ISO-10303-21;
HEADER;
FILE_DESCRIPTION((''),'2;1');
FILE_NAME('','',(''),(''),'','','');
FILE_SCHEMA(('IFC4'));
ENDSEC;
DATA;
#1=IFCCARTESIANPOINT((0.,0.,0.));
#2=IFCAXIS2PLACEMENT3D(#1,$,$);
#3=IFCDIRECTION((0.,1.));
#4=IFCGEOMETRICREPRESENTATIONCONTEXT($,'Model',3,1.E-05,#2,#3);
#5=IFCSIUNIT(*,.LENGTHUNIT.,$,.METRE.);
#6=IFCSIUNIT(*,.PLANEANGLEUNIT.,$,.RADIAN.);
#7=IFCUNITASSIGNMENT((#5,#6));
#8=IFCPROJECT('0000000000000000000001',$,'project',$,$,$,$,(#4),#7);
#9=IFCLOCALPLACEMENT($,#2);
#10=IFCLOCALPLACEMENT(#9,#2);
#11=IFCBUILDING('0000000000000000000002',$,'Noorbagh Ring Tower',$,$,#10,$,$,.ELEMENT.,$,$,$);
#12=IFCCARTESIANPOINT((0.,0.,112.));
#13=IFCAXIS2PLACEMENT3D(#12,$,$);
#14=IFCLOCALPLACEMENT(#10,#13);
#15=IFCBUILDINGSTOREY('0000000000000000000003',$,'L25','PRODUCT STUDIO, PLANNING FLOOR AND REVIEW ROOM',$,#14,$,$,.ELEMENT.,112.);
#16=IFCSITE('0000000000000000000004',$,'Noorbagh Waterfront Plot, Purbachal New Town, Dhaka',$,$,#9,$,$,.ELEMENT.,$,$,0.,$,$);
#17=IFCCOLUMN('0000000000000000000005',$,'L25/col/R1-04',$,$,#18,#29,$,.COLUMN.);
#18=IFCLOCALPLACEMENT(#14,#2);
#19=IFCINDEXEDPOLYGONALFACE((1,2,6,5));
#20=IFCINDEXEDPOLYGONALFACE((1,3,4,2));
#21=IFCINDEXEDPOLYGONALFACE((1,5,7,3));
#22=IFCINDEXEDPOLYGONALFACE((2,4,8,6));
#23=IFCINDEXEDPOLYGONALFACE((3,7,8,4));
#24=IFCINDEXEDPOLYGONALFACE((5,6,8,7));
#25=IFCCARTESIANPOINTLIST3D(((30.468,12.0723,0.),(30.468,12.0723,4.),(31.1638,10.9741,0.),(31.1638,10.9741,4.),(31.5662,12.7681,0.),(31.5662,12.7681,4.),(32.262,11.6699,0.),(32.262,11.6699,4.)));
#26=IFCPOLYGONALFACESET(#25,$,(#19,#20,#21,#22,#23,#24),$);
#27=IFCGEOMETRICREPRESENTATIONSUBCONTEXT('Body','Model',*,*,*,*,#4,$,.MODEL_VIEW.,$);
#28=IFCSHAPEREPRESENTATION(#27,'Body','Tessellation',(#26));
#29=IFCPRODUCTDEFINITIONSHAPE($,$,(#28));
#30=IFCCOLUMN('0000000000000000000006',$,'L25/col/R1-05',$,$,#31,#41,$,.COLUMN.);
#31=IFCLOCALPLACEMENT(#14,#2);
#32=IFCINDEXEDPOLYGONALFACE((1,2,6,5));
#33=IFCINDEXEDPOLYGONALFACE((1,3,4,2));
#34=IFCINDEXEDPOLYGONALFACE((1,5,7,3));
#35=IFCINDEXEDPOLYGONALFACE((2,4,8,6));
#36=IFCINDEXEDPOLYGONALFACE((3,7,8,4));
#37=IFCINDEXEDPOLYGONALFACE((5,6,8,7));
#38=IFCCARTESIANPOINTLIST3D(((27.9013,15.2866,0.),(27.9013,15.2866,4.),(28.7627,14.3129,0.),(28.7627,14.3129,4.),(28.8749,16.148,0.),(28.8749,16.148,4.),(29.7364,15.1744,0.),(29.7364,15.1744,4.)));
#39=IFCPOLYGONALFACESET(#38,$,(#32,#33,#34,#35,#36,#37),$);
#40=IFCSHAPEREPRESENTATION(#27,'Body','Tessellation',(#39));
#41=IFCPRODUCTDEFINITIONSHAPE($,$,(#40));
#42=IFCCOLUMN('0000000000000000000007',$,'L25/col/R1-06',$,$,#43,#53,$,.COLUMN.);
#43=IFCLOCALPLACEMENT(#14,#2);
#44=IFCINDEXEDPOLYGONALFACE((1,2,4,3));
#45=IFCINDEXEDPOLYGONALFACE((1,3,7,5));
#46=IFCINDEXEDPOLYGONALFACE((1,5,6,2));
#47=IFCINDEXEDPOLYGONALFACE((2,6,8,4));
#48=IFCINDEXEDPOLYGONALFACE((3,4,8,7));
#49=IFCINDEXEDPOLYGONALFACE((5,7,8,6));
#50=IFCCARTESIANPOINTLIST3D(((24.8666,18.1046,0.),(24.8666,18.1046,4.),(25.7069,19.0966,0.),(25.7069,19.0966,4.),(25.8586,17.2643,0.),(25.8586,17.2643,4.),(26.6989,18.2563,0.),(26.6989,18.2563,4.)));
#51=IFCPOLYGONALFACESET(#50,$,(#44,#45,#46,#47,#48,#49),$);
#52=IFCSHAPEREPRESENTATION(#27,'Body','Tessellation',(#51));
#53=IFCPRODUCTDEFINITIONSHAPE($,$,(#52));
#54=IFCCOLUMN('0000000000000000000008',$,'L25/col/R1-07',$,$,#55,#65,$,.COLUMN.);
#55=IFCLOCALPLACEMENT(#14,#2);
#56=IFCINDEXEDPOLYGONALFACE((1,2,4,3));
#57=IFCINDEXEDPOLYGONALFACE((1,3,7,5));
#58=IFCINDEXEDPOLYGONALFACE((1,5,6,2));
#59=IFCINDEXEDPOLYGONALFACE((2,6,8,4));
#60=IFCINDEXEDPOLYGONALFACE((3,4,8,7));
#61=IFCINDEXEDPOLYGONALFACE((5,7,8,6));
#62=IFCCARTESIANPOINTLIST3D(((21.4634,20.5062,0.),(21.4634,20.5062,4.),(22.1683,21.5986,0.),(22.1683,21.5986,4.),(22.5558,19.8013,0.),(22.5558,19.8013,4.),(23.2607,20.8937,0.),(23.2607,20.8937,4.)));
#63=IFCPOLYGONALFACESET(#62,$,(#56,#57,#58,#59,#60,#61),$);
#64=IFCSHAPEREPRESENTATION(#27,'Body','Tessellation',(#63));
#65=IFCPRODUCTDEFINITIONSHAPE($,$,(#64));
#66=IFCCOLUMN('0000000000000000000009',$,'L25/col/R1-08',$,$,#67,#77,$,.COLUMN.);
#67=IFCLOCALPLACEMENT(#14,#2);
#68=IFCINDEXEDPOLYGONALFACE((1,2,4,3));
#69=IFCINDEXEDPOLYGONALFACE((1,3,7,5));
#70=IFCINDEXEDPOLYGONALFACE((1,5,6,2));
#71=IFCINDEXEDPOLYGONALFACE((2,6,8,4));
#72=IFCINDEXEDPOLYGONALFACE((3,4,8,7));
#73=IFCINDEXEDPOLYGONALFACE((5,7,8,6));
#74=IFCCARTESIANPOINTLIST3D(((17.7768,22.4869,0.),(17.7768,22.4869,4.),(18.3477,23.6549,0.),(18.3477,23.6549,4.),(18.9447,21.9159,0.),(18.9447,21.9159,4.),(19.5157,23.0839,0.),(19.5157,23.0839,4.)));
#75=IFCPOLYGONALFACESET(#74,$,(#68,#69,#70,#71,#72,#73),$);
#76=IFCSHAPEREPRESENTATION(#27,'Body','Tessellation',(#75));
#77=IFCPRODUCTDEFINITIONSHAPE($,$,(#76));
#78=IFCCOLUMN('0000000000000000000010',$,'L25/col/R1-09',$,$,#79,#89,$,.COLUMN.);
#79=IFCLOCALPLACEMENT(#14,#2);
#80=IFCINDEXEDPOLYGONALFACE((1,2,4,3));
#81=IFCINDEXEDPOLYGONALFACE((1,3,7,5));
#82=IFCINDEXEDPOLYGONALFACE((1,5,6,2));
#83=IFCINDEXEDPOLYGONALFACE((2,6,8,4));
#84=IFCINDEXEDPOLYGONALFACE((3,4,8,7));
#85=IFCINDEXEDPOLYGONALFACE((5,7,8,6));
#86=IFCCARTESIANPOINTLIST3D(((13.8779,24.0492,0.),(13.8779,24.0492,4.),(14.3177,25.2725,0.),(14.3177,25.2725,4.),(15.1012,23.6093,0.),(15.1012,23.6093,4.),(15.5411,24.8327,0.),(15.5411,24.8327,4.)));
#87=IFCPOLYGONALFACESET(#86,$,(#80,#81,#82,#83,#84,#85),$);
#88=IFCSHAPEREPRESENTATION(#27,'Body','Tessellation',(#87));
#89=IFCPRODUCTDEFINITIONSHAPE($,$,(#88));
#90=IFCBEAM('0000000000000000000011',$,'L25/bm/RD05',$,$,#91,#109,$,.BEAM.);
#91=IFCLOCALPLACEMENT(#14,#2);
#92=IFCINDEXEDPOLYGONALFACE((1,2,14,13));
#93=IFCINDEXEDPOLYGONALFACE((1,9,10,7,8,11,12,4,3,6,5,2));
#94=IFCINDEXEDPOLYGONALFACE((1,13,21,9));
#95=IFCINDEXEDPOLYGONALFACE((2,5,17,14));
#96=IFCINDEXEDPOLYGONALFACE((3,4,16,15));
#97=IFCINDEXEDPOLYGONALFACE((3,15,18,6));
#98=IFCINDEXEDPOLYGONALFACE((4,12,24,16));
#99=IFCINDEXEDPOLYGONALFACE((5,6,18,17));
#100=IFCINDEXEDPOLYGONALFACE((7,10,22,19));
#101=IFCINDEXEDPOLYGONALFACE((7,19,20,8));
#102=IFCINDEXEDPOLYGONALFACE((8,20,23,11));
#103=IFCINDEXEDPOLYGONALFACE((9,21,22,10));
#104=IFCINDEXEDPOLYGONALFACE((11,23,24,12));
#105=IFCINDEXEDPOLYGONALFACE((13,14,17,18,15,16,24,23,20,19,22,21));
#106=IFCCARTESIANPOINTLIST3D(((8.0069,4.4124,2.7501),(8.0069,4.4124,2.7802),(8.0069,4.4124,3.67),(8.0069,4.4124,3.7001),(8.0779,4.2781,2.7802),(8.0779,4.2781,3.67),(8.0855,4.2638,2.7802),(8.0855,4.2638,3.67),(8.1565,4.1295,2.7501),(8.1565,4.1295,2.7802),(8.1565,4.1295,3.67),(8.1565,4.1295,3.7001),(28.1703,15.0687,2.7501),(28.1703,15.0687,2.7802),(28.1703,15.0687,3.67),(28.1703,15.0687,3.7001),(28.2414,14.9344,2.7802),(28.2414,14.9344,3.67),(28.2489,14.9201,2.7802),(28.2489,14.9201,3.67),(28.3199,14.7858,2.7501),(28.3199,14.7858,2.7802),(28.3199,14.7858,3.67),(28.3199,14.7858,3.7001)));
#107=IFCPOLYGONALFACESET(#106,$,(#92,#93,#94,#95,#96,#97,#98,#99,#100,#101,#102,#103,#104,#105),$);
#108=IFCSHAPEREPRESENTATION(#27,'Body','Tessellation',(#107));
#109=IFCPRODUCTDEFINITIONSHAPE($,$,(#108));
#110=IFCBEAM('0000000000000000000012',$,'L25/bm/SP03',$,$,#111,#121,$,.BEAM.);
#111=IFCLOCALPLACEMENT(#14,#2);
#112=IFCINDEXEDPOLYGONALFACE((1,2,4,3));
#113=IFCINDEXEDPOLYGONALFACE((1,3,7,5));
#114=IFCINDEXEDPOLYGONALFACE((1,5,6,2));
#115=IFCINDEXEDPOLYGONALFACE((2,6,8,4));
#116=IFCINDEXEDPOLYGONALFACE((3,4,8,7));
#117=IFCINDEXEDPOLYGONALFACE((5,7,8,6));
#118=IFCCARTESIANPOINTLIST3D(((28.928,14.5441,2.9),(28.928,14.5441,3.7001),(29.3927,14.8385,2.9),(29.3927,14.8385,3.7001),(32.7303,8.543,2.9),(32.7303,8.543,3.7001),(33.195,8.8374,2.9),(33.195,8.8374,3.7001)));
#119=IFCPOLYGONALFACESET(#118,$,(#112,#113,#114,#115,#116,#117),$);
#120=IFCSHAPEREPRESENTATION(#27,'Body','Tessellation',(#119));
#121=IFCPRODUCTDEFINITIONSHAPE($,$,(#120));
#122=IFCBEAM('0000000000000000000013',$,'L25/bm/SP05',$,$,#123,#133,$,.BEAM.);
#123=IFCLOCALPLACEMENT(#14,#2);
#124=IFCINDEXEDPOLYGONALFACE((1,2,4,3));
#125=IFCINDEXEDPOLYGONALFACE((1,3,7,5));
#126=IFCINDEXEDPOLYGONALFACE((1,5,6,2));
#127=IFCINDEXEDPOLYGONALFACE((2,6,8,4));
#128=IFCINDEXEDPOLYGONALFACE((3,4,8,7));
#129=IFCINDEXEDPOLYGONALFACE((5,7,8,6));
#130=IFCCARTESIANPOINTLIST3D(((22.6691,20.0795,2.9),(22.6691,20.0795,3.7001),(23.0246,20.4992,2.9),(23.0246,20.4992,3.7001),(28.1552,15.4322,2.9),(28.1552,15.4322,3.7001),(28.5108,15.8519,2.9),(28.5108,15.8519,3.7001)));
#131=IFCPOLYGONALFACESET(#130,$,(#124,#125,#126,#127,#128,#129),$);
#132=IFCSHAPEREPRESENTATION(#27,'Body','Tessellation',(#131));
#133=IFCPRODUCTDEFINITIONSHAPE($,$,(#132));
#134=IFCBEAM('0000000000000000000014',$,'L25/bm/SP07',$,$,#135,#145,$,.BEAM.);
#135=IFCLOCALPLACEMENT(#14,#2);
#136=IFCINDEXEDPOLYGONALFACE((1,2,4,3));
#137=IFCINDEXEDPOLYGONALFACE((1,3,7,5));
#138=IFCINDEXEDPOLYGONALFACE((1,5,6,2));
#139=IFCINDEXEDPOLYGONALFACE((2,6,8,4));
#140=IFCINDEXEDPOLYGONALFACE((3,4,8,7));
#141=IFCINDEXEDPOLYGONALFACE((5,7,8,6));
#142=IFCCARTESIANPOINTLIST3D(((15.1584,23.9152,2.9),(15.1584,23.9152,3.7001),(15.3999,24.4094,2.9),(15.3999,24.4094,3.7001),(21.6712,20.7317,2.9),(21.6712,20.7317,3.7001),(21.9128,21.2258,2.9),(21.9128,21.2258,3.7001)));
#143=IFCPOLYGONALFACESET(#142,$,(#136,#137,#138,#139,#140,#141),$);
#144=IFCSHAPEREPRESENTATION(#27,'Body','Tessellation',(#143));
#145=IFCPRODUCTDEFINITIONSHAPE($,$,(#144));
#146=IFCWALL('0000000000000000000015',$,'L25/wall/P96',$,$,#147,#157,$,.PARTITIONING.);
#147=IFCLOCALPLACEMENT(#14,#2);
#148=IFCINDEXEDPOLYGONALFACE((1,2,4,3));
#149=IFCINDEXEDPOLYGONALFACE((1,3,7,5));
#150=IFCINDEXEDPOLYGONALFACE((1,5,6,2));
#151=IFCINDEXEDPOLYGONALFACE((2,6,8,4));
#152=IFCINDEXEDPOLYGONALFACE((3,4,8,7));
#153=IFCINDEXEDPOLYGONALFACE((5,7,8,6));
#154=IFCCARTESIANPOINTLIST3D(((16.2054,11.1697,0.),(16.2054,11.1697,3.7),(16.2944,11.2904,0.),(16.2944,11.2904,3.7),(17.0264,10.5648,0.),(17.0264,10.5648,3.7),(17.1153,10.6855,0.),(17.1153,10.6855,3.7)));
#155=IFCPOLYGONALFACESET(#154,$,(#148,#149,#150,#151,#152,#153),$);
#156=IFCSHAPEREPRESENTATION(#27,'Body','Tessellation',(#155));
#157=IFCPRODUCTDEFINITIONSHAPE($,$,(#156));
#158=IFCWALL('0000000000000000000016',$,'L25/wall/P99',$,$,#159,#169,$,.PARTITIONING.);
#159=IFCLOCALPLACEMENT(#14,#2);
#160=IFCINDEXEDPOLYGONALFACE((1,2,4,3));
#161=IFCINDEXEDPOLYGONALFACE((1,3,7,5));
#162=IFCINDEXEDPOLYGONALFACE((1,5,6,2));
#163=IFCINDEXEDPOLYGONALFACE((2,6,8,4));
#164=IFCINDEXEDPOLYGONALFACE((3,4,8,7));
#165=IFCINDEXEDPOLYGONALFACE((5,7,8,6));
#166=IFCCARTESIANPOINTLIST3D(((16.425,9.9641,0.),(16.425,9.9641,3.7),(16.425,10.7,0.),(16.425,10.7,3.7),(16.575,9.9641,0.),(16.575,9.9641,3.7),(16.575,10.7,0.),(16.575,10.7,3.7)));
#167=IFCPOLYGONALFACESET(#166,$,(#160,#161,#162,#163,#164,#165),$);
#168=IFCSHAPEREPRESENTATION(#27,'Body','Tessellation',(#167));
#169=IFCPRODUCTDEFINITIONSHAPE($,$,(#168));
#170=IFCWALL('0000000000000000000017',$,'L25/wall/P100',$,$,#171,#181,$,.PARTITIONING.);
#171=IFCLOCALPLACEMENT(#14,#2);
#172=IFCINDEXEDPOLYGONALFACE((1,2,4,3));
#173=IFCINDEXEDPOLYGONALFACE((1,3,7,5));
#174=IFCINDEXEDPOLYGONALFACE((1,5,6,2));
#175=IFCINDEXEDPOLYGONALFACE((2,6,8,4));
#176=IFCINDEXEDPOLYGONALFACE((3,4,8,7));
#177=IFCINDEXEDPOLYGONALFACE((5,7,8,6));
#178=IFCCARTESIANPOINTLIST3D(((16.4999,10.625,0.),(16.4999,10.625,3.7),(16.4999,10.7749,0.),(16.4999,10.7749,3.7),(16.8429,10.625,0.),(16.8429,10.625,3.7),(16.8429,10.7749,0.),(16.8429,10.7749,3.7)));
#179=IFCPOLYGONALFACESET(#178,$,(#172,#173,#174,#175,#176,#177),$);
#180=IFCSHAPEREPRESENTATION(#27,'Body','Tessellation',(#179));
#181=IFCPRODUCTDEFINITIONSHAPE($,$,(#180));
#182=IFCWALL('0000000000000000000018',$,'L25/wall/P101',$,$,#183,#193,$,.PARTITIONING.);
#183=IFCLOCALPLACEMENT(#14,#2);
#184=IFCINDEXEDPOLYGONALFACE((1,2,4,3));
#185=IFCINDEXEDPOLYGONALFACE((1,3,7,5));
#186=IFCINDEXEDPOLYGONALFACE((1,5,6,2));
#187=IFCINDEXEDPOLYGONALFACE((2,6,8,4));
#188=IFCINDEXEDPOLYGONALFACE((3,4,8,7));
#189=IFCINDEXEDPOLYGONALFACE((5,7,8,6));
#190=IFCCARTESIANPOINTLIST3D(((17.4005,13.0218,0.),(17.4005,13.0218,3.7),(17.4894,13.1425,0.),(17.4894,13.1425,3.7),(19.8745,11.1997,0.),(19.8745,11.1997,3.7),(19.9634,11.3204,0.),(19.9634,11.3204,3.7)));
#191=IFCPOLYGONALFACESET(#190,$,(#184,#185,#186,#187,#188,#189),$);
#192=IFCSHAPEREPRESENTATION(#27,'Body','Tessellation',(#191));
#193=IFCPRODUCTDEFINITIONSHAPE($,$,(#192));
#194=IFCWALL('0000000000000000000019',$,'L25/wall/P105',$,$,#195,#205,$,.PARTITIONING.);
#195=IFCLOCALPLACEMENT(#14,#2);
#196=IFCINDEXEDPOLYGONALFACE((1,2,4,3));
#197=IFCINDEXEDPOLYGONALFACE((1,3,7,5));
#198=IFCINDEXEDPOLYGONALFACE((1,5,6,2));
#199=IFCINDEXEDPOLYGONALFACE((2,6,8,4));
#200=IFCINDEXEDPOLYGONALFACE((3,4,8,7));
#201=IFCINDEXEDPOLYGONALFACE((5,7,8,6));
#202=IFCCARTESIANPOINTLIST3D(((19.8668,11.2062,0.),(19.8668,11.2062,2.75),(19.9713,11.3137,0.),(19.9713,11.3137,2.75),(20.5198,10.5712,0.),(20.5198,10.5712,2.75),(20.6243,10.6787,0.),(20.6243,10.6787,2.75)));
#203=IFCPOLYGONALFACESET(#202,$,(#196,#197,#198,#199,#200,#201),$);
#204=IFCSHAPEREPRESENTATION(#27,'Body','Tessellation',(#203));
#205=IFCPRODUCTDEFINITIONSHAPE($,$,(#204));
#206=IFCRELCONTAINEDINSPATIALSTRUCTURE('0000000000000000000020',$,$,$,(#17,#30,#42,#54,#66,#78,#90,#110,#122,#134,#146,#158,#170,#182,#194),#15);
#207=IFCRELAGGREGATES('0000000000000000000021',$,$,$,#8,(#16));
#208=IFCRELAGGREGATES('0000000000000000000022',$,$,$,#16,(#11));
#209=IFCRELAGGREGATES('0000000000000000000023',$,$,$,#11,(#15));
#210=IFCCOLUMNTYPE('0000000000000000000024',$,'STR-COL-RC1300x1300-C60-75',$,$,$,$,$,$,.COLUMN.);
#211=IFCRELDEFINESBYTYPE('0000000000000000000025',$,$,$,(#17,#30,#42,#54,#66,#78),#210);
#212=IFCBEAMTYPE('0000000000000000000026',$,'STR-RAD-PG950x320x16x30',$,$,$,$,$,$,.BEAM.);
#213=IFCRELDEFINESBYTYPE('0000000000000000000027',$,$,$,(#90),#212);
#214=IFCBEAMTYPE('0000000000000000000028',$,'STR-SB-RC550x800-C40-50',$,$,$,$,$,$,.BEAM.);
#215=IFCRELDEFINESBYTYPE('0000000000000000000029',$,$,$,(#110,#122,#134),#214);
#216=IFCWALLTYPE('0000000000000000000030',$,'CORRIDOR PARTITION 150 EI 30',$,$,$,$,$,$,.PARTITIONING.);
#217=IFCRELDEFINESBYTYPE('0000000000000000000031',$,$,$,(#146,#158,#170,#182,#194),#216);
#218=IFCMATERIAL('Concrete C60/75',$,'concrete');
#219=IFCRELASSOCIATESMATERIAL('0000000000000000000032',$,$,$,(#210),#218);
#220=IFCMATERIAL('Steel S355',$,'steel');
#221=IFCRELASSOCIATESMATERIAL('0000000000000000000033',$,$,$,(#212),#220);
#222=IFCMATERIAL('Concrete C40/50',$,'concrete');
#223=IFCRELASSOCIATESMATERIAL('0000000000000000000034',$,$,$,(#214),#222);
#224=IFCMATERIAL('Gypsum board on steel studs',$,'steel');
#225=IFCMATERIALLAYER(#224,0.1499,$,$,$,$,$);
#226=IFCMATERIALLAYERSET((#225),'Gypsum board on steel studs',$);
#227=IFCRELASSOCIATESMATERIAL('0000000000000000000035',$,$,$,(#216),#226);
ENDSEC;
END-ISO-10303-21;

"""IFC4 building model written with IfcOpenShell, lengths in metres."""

from ifc_helpers import new_model, si_unit, direction, frame, frame_2d, origin, origin_2d, place, context, subcontext, project, spatial, rectangle, i_section, extrude, material, layer, layer_set, material_profile, profile_set, type_object, element, save


model = new_model("IFC4")

# Units and contexts
model_context = context("Model", 3, precision=1e-05, world=origin(), true_north=direction((0.0, 1.0)))
body_context = subcontext(model_context, "Body", "Model", "MODEL_VIEW")
ifc_project = project(units=[si_unit("LENGTHUNIT", "METRE"), si_unit("PLANEANGLEUNIT", "RADIAN")], contexts=[model_context])

# Site, building, storey
site_placement = place(None, origin())
site = spatial("IfcSite", under=ifc_project, at=site_placement, Name="Noorbagh Waterfront Plot, Purbachal New Town, Dhaka", CompositionType="ELEMENT", RefElevation=0.0)
building_placement = place(site_placement, origin())
building = spatial("IfcBuilding", under=site, at=building_placement, Name="Noorbagh Ring Tower", CompositionType="ELEMENT")
storey_placement = place(building_placement, frame((0.0, 0.0, 112.0)))
storey = spatial("IfcBuildingStorey", under=building, at=storey_placement, Name="L25", Description="PRODUCT STUDIO, PLANNING FLOOR AND REVIEW ROOM", CompositionType="ELEMENT", Elevation=112.0)

# Columns
ifc_material_1 = material(Name="Concrete C60/75", Category="concrete")
ifc_material_profile_1 = material_profile(ifc_material_1, rectangle(XDim=1.3, YDim=1.3, at=origin_2d()), Name="RC1300x1300")
ifc_profile_set_1 = profile_set([ifc_material_profile_1], Name="Concrete C60/75")
column_type = type_object("IfcColumnType", Name="STR-COL-RC1300x1300-C60-75", PredefinedType="COLUMN", material=ifc_profile_set_1)
for number, where, z_axis, x_axis, name in (
    (1, (31.365, 11.8711, 0.0), (0.0, 0.0, 1.0), (-0.53519, 0.844731, 0.0), "L25/col/R1-04"),
    (2, (28.8188, 15.2305, 0.0), (0.0, 0.0, 1.0), (-0.662636, 0.748942, 0.0), "L25/col/R1-05"),
    (3, (25.7827, 18.1804, 0.0), (0.0, 0.0, 1.0), (-0.763035, 0.646357, 0.0), "L25/col/R1-06"),
    (4, (22.3621, 20.7, 0.0), (0.0, 0.0, 1.0), (-0.840248, 0.542203, 0.0), "L25/col/R1-07"),
    (5, (18.6462, 22.7854, 0.0), (0.0, 0.0, 1.0), (-0.898399, 0.43918, 0.0), "L25/col/R1-08"),
    (6, (14.7095, 24.4409, 0.0), (0.0, 0.0, 1.0), (-0.941025, 0.338338, 0.0), "L25/col/R1-09"),
):
    element("IfcColumn", number, at=place(storey_placement, frame(where, z_axis=z_axis, x_axis=x_axis)), inside=storey, type_object=column_type, Name=name, PredefinedType="COLUMN", context=body_context, shape_type="SweptSolid", body=[
        extrude(rectangle(XDim=1.3, YDim=1.3, at=origin_2d()), origin(), (0.0, 0.0, 1.0), 4.0),
    ])

# Beams
ifc_material_2 = material(Name="Steel S355", Category="steel")
ifc_material_profile_2 = material_profile(ifc_material_2, i_section(OverallWidth=0.3201, OverallDepth=0.95, WebThickness=0.0161, FlangeThickness=0.03, at=origin_2d()), Name="PG950x320x16x30")
ifc_profile_set_2 = profile_set([ifc_material_profile_2], Name="Steel S355")
beam_type_1 = type_object("IfcBeamType", Name="STR-RAD-PG950x320x16x30", PredefinedType="BEAM", material=ifc_profile_set_2)
beam_1_placement = place(storey_placement, frame((28.2451, 14.9272, 3.2251), z_axis=(-0.884122, -0.467256, 0.0), x_axis=(0.467256, -0.884122, 0.0)))
element("IfcBeam", 7, at=beam_1_placement, inside=storey, type_object=beam_type_1, Name="L25/bm/RD05", PredefinedType="BEAM", context=body_context, shape_type="SweptSolid", body=[
    extrude(i_section(OverallWidth=0.3201, OverallDepth=0.95, WebThickness=0.0161, FlangeThickness=0.03, at=origin_2d()), origin(), (0.0, 0.0, 1.0), 22.8062),
])
ifc_material_3 = material(Name="Concrete C40/50", Category="concrete")
ifc_material_profile_3 = material_profile(ifc_material_3, rectangle(XDim=0.55, YDim=0.8, at=origin_2d()), Name="RC550x800")
ifc_profile_set_3 = profile_set([ifc_material_profile_3], Name="Concrete C40/50")
beam_type_2 = type_object("IfcBeamType", Name="STR-SB-RC550x800-C40-50", PredefinedType="BEAM", material=ifc_profile_set_3)
beam_2_placement = place(storey_placement, frame((32.9626, 8.6902, 3.3), z_axis=(-0.535216, 0.844715, 0.0), x_axis=(-0.844715, -0.535216, 0.0)))
element("IfcBeam", 8, at=beam_2_placement, inside=storey, type_object=beam_type_2, Name="L25/bm/SP03", PredefinedType="BEAM", context=body_context, shape_type="SweptSolid", body=[
    extrude(rectangle(XDim=0.55, YDim=0.8, at=origin_2d()), origin(), (0.0, 0.0, 1.0), 7.1042),
])
beam_3_placement = place(storey_placement, frame((28.333, 15.6421, 3.3), z_axis=(-0.763033, 0.646359, 0.0), x_axis=(-0.646359, -0.763033, 0.0)))
element("IfcBeam", 9, at=beam_3_placement, inside=storey, type_object=beam_type_2, Name="L25/bm/SP05", PredefinedType="BEAM", context=body_context, shape_type="SweptSolid", body=[
    extrude(rectangle(XDim=0.55, YDim=0.8, at=origin_2d()), origin(), (0.0, 0.0, 1.0), 7.1899),
])
beam_4_placement = place(storey_placement, frame((21.792, 20.9788, 3.3), z_axis=(-0.898412, 0.439153, 0.0), x_axis=(-0.439153, -0.898412, 0.0)))
element("IfcBeam", 10, at=beam_4_placement, inside=storey, type_object=beam_type_2, Name="L25/bm/SP07", PredefinedType="BEAM", context=body_context, shape_type="SweptSolid", body=[
    extrude(rectangle(XDim=0.55, YDim=0.8, at=origin_2d()), origin(), (0.0, 0.0, 1.0), 7.2493),
])

# Walls
ifc_material_4 = material(Name="Gypsum board on steel studs", Category="steel")
ifc_layer_1 = layer(ifc_material_4, 0.1499)
ifc_layer_set_1 = layer_set([ifc_layer_1], Name="Gypsum board on steel studs")
wall_type_1 = type_object("IfcWallType", Name="CORRIDOR PARTITION 150 EI 30", PredefinedType="PARTITIONING", material=ifc_layer_set_1)
wall_1_placement = place(storey_placement, frame((16.25, 11.23, 0.0), z_axis=(0.0, 0.0, 1.0), x_axis=(0.805056, -0.593199, 0.0)))
element("IfcWall", 11, at=wall_1_placement, inside=storey, type_object=wall_type_1, Name="L25/wall/P96", PredefinedType="PARTITIONING", context=body_context, shape_type="SweptSolid", body=[
    extrude(rectangle(XDim=1.0198, YDim=0.1499, at=frame_2d((0.5098, 0.0))), origin(), (0.0, 0.0, 1.0), 3.7),
])
wall_2_placement = place(storey_placement, frame((16.5, 9.9641, 0.0), z_axis=(0.0, 0.0, 1.0), x_axis=(0.0, 1.0, 0.0)))
element("IfcWall", 12, at=wall_2_placement, inside=storey, type_object=wall_type_1, Name="L25/wall/P99", PredefinedType="PARTITIONING", context=body_context, shape_type="SweptSolid", body=[
    extrude(rectangle(XDim=0.7358, YDim=0.1499, at=frame_2d((0.3679, 0.0))), origin(), (0.0, 0.0, 1.0), 3.7),
])
wall_3_placement = place(storey_placement, frame((16.5, 10.7, 0.0), z_axis=(0.0, 0.0, 1.0), x_axis=(1.0, 0.0, 0.0)))
element("IfcWall", 13, at=wall_3_placement, inside=storey, type_object=wall_type_1, Name="L25/wall/P100", PredefinedType="PARTITIONING", context=body_context, shape_type="SweptSolid", body=[
    extrude(rectangle(XDim=0.343, YDim=0.1499, at=frame_2d((0.1714, 0.0))), origin(), (0.0, 0.0, 1.0), 3.7),
])
wall_4_placement = place(storey_placement, frame((17.4451, 13.082, 0.0), z_axis=(0.0, 0.0, 1.0), x_axis=(0.805186, -0.593023, 0.0)))
element("IfcWall", 14, at=wall_4_placement, inside=storey, type_object=wall_type_1, Name="L25/wall/P101", PredefinedType="PARTITIONING", context=body_context, shape_type="SweptSolid", body=[
    extrude(rectangle(XDim=3.0725, YDim=0.1499, at=frame_2d((1.5361, 0.0))), origin(), (0.0, 0.0, 1.0), 3.7),
])
wall_5_placement = place(storey_placement, frame((19.9189, 11.26, 0.0), z_axis=(0.0, 0.0, 1.0), x_axis=(0.716954, -0.69712, 0.0)))
element("IfcWall", 15, at=wall_5_placement, inside=storey, type_object=wall_type_1, Name="L25/wall/P105", PredefinedType="PARTITIONING", context=body_context, shape_type="SweptSolid", body=[
    extrude(rectangle(XDim=0.9109, YDim=0.1499, at=frame_2d((0.4556, 0.0))), origin(), (0.0, 0.0, 1.0), 2.75),
])

save(model, "model.ifc")
